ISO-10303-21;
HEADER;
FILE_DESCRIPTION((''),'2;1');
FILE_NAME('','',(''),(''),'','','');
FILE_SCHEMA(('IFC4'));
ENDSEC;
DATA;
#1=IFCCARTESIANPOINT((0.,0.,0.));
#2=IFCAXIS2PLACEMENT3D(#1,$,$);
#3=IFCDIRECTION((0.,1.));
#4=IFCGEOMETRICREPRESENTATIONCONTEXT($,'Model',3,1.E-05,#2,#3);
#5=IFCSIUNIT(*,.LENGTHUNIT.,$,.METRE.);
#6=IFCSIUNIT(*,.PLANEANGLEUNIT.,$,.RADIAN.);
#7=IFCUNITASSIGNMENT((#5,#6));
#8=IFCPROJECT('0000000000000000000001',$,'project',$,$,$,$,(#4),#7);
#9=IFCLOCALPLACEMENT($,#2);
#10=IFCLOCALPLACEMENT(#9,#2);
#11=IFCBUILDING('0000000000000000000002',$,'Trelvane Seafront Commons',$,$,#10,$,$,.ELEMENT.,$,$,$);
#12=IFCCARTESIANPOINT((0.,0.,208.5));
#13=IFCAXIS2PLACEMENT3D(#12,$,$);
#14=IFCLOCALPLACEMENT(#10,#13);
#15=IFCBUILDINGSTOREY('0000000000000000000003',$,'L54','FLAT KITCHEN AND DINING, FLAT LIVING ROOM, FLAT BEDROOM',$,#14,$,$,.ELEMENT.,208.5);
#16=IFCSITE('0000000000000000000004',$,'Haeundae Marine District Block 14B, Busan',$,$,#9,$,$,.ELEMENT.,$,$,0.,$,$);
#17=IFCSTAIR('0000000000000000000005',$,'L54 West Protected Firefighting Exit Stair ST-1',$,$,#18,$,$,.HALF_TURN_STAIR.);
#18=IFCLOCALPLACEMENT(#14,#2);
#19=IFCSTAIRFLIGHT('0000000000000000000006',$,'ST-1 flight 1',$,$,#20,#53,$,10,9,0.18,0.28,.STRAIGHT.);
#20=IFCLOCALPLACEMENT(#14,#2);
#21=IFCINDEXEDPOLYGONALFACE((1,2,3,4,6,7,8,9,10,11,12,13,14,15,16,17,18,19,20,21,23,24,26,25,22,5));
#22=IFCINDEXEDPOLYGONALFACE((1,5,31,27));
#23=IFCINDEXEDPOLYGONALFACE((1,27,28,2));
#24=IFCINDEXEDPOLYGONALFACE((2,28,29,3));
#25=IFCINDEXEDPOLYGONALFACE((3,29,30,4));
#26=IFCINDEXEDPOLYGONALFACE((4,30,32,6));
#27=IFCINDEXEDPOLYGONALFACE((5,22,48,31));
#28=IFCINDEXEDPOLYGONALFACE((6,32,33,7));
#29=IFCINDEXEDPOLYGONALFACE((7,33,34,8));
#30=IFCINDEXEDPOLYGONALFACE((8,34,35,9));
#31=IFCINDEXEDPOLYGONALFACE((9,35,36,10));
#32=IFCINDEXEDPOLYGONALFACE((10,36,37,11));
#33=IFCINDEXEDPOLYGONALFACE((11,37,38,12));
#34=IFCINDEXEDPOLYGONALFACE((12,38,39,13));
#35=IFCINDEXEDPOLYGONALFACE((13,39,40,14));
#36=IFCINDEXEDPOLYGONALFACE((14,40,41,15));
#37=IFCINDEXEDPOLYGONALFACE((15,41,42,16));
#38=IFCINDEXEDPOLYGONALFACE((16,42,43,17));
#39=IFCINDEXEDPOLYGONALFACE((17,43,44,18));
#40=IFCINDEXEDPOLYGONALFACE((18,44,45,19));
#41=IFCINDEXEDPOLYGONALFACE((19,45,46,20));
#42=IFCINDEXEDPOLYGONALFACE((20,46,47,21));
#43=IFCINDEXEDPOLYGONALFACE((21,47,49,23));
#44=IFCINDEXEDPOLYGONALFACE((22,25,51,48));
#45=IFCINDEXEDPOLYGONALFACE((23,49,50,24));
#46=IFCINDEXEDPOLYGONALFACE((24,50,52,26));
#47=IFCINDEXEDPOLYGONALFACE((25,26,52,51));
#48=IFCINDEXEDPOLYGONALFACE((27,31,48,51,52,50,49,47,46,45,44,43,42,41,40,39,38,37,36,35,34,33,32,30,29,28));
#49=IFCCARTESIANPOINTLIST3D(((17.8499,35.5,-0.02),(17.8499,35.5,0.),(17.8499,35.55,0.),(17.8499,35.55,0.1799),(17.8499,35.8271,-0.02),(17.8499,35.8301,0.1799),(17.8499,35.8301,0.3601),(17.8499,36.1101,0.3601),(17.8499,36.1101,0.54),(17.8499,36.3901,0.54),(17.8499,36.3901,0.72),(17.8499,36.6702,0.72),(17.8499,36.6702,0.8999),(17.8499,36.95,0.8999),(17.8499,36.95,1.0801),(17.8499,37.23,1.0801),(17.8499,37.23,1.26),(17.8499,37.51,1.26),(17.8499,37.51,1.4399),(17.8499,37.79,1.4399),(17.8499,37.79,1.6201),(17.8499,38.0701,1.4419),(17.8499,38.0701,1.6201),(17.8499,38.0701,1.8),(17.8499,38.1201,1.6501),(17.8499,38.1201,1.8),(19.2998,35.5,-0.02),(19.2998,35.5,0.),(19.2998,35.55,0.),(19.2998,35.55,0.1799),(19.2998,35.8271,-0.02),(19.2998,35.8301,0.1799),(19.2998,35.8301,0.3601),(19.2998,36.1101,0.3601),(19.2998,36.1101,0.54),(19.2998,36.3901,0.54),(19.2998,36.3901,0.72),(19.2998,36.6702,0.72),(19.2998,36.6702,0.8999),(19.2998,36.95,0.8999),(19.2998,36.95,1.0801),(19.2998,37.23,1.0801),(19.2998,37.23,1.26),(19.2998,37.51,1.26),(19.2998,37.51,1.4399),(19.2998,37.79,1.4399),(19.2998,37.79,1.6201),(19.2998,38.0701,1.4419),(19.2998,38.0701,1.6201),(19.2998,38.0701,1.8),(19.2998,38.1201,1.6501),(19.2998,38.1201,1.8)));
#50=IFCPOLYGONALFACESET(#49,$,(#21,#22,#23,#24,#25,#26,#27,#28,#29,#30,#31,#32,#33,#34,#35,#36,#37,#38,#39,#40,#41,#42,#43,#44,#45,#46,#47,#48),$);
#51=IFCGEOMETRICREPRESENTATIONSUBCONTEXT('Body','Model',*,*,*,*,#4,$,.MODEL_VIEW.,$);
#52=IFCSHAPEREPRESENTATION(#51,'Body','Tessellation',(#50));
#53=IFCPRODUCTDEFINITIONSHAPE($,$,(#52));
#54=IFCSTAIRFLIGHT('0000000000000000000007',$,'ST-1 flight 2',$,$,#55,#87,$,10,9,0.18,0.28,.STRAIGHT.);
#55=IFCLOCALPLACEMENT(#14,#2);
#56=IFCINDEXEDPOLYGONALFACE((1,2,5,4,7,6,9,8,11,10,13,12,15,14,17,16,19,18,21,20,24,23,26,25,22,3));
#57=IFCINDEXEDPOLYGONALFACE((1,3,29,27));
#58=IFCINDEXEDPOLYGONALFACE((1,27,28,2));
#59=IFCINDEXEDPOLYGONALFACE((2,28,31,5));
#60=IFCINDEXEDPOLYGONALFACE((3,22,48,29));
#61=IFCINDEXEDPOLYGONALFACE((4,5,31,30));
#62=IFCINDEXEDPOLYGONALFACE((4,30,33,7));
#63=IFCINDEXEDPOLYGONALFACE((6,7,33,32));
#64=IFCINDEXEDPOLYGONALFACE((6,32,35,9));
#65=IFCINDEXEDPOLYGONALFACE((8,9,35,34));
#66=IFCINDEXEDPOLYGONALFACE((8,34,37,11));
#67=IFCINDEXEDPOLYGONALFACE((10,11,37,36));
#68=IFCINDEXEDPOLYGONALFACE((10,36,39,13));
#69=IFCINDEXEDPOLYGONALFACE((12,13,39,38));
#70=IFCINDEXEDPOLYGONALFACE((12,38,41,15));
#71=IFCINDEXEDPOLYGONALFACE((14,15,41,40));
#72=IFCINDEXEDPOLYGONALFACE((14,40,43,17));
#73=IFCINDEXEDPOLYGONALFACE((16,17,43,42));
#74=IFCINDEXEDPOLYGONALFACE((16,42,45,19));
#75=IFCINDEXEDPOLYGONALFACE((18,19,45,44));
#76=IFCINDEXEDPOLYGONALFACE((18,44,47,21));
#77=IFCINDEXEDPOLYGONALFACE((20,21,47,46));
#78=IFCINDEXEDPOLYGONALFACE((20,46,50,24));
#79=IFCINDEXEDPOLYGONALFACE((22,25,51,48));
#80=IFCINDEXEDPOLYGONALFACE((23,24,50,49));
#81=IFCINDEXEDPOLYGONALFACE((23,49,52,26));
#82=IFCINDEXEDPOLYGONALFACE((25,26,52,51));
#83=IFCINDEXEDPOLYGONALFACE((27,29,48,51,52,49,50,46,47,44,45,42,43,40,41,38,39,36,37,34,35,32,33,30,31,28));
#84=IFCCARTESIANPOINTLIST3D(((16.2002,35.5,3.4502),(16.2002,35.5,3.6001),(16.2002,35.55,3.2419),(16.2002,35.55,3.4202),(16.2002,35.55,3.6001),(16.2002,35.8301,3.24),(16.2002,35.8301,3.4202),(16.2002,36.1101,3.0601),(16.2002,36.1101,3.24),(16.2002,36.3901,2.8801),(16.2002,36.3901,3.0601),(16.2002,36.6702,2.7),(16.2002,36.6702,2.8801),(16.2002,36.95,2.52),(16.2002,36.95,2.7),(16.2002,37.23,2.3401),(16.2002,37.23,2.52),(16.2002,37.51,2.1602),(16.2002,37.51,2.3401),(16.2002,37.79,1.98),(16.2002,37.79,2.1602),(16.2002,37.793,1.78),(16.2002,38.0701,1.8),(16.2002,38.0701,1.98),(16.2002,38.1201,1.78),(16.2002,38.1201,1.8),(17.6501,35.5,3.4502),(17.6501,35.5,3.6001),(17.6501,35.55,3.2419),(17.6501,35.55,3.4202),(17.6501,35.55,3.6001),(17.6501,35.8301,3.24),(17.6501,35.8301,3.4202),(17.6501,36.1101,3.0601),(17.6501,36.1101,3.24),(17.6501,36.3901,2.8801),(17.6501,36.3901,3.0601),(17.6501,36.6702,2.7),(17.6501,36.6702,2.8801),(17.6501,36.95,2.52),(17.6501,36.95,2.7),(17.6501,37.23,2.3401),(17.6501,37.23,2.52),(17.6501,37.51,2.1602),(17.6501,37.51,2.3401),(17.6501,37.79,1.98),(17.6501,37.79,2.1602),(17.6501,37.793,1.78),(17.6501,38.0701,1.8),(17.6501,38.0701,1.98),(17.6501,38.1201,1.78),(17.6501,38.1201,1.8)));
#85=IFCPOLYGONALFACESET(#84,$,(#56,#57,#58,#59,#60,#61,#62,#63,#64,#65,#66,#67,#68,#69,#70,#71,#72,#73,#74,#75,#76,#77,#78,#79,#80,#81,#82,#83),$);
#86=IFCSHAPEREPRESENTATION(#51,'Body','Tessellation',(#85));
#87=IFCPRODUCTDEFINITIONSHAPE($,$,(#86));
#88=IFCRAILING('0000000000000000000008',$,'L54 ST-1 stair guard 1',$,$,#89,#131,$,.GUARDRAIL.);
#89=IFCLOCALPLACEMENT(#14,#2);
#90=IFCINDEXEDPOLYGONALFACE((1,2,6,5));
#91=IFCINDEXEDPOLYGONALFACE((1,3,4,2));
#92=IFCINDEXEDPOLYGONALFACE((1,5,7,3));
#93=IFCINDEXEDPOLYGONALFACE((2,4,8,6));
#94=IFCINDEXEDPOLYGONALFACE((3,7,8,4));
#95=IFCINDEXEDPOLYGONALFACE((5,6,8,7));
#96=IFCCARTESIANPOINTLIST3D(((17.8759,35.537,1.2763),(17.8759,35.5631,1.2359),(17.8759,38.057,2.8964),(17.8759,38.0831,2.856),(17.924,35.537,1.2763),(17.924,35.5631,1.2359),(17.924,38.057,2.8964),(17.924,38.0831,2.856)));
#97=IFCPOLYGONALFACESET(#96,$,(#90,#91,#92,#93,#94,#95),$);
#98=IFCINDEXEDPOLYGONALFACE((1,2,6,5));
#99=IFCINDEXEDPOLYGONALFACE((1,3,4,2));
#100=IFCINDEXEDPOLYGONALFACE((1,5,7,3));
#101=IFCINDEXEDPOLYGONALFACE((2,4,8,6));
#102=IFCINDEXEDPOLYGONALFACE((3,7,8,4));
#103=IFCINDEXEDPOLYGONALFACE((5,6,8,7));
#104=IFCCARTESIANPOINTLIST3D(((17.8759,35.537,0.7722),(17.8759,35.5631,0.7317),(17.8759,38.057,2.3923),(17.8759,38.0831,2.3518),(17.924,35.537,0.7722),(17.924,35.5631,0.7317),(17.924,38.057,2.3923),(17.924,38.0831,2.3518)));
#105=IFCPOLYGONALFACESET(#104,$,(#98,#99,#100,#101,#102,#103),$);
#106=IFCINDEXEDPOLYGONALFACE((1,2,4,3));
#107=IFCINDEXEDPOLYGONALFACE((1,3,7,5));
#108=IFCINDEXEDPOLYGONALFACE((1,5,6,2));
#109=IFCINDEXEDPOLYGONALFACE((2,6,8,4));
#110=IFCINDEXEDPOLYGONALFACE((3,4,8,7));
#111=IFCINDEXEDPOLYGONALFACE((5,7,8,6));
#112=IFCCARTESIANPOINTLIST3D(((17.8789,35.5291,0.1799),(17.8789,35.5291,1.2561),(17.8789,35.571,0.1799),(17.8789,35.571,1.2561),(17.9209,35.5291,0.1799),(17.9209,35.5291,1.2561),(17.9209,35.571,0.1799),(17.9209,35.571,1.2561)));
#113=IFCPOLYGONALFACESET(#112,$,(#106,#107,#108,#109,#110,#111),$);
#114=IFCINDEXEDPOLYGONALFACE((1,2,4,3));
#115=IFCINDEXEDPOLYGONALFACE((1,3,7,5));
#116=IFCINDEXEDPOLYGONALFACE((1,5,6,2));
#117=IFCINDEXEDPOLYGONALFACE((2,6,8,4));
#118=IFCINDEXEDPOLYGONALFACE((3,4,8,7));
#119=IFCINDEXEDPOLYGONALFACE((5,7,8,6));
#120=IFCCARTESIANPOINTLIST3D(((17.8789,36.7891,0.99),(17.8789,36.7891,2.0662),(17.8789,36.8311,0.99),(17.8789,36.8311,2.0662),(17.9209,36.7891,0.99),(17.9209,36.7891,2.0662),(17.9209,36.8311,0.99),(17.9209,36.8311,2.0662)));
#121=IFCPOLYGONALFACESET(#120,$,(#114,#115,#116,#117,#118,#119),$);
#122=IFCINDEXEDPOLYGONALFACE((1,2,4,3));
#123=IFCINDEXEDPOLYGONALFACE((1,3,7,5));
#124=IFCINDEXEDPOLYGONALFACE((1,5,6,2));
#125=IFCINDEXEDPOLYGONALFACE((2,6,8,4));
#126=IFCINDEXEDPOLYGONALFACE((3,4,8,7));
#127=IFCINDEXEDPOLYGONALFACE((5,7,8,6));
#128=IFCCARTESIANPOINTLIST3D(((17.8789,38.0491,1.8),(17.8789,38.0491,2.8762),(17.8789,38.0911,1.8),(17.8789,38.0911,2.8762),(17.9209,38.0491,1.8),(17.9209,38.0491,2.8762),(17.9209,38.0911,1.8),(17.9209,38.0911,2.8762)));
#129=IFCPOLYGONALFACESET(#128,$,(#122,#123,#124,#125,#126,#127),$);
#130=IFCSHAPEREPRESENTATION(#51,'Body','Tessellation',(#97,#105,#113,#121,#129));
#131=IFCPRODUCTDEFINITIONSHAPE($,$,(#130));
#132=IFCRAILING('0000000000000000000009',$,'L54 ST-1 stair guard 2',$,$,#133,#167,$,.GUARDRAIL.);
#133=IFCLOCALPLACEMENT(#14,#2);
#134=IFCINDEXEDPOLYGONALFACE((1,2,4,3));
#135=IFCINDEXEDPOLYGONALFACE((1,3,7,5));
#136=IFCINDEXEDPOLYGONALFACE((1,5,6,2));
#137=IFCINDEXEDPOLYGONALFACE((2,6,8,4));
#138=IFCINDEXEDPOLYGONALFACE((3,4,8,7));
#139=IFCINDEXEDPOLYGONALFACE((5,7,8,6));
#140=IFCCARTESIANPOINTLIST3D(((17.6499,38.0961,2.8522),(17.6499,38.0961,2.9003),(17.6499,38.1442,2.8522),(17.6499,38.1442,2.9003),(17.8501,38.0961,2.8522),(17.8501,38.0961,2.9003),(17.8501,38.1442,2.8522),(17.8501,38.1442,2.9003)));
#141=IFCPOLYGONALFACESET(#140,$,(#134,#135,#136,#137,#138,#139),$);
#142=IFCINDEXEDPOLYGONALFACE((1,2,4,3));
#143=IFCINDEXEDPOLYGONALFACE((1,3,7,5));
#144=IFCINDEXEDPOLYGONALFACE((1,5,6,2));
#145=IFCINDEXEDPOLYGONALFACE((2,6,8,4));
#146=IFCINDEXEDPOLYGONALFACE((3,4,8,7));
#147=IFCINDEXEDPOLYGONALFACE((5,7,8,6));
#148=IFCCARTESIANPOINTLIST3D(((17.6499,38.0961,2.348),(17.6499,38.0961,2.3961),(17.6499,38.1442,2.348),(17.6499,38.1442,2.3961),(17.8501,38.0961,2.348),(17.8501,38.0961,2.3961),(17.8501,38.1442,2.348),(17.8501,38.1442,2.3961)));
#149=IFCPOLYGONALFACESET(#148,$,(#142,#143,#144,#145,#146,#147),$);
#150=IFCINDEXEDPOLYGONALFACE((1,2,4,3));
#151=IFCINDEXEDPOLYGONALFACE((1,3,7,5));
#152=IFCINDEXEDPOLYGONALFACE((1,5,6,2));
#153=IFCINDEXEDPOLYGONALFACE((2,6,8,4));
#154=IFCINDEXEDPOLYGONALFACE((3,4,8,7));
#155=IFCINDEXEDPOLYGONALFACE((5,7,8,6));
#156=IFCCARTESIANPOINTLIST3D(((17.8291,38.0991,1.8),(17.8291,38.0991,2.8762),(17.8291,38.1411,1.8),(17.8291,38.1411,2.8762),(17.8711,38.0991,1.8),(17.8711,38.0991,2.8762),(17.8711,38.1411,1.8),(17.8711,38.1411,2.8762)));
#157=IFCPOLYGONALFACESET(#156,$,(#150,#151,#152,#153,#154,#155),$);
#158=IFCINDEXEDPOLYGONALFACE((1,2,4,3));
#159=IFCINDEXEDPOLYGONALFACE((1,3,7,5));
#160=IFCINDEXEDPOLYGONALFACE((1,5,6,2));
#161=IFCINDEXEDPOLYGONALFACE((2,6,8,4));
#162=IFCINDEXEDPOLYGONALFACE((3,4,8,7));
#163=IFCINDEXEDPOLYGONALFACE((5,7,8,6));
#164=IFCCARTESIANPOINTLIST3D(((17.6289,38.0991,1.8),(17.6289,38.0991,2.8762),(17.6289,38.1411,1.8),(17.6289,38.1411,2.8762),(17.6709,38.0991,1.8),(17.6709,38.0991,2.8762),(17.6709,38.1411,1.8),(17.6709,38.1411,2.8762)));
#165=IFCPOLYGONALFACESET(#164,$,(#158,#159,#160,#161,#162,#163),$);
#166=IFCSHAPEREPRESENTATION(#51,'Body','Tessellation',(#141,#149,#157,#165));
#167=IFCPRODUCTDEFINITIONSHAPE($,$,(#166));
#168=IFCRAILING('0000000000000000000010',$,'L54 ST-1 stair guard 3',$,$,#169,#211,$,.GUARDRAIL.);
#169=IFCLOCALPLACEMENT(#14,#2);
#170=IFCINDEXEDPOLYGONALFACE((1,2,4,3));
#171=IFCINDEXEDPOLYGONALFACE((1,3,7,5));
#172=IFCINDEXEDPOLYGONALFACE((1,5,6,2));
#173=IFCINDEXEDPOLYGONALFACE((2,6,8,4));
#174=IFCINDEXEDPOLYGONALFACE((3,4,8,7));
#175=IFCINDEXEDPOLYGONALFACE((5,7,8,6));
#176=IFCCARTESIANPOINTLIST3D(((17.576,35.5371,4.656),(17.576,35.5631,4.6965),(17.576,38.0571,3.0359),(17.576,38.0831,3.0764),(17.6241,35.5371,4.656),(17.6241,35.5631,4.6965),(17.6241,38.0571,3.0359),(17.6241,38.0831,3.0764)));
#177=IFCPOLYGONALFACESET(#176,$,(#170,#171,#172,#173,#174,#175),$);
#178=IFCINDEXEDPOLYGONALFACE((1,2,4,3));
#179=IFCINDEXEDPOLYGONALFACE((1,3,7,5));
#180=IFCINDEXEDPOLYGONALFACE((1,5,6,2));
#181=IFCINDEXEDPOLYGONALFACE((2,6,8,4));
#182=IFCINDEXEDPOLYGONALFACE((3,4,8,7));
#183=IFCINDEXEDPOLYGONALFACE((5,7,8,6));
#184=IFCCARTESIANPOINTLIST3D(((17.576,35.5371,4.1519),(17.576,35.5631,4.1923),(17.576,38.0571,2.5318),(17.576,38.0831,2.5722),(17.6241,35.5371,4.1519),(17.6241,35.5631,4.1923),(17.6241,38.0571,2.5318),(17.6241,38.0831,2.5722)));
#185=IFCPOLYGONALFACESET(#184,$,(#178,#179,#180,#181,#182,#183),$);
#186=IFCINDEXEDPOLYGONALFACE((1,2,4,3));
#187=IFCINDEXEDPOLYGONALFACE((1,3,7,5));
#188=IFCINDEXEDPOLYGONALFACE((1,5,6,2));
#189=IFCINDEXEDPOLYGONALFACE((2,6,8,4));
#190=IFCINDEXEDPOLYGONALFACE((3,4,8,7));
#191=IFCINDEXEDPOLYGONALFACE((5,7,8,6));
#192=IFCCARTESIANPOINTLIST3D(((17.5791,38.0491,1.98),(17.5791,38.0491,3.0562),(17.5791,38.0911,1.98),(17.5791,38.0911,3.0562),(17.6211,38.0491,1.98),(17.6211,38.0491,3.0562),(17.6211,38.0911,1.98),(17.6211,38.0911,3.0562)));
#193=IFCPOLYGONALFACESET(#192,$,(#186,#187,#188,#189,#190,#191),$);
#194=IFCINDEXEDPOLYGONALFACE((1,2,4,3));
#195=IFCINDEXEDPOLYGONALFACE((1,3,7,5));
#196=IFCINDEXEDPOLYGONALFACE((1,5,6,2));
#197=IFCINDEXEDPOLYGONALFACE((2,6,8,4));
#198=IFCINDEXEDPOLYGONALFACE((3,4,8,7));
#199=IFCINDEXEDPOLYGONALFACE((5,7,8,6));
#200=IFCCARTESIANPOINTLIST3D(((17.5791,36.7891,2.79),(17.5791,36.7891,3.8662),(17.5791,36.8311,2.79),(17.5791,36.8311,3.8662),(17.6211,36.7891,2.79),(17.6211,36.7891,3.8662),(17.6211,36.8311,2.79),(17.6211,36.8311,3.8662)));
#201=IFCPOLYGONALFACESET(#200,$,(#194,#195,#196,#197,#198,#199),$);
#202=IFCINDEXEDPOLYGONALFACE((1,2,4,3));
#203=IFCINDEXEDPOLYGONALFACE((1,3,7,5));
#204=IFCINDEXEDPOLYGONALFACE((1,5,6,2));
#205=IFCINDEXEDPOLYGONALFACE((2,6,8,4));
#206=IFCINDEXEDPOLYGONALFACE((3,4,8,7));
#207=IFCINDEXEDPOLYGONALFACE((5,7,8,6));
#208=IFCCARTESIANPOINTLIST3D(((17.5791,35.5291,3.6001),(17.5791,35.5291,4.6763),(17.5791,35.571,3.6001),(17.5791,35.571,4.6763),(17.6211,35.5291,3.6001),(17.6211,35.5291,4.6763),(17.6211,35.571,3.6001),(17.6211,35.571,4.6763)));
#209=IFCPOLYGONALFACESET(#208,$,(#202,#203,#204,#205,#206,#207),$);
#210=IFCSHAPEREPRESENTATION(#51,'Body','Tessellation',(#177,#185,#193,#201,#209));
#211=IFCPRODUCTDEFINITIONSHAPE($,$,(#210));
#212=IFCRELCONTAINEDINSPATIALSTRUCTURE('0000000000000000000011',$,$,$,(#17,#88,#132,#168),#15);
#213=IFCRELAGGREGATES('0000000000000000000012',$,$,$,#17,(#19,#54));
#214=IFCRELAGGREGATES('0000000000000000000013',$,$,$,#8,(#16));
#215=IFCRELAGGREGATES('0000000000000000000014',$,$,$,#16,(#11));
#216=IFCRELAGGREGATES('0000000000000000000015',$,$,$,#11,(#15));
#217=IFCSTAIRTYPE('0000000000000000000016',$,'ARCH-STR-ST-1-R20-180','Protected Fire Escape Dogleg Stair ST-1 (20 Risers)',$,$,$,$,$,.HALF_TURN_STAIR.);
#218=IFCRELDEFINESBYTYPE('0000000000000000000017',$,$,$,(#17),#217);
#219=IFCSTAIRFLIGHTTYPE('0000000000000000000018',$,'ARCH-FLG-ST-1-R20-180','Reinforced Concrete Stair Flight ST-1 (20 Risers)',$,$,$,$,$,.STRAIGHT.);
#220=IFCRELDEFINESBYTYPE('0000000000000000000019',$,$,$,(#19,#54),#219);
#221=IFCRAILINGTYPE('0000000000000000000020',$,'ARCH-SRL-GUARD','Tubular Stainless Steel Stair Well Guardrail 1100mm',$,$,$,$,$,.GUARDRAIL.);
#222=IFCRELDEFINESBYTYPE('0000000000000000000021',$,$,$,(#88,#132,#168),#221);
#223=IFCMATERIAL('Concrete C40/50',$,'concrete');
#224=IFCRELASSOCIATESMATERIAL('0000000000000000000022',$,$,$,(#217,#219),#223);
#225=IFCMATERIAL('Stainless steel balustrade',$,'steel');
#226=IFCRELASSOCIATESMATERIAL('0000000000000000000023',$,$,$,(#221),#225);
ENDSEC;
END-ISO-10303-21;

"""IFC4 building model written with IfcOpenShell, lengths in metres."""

from ifc_helpers import new_model, si_unit, direction, frame, origin, origin_2d, place, context, subcontext, project, spatial, polyline, rectangle, outline, extrude, source, transform, mapped, material, type_object, element, aggregate, save


model = new_model("IFC4")

# Units and contexts
model_context = context("Model", 3, precision=1e-05, world=origin(), true_north=direction((0.0, 1.0)))
body_context = subcontext(model_context, "Body", "Model", "MODEL_VIEW")
ifc_project = project(units=[si_unit("LENGTHUNIT", "METRE"), si_unit("PLANEANGLEUNIT", "RADIAN")], contexts=[model_context])

# Site, building, storey
site_placement = place(None, origin())
site = spatial("IfcSite", under=ifc_project, at=site_placement, Name="Haeundae Marine District Block 14B, Busan", CompositionType="ELEMENT", RefElevation=0.0)
building_placement = place(site_placement, origin())
building = spatial("IfcBuilding", under=site, at=building_placement, Name="Trelvane Seafront Commons", CompositionType="ELEMENT")
storey_placement = place(building_placement, frame((0.0, 0.0, 208.5)))
storey = spatial("IfcBuildingStorey", under=building, at=storey_placement, Name="L54", Description="FLAT KITCHEN AND DINING, FLAT LIVING ROOM, FLAT BEDROOM", CompositionType="ELEMENT", Elevation=208.5)

# Shared definitions
ifc_material_1 = material(Name="Concrete C40/50", Category="concrete")
ifc_material_2 = material(Name="Stainless steel balustrade", Category="steel")

# Stair, stair flights
stair_type = type_object("IfcStairType", Name="ARCH-STR-ST-1-R20-180", Description="Protected Fire Escape Dogleg Stair ST-1 (20 Risers)", PredefinedType="HALF_TURN_STAIR", material=ifc_material_1)
stair_placement = place(storey_placement, origin())
stair = element("IfcStair", 1, at=stair_placement, inside=storey, type_object=stair_type, Name="L54 West Protected Firefighting Exit Stair ST-1", PredefinedType="HALF_TURN_STAIR")
stair_flight_type = type_object("IfcStairFlightType", Name="ARCH-FLG-ST-1-R20-180", Description="Reinforced Concrete Stair Flight ST-1 (20 Risers)", PredefinedType="STRAIGHT", material=ifc_material_1)
shared_shape_1 = source(origin(), body_context, "Body", "SweptSolid", [
    extrude(outline(polyline([(-0.05, -0.02), (-0.05, 0.0), (0.0, 0.0), (0.0, 0.1799), (0.28, 0.1799), (0.28, 0.3601), (0.5601, 0.3601), (0.5601, 0.54), (0.8401, 0.54), (0.8401, 0.72), (1.1201, 0.72), (1.1201, 0.8999), (1.3999, 0.8999), (1.3999, 1.0801), (1.6799, 1.0801), (1.6799, 1.26), (1.96, 1.26), (1.96, 1.4399), (2.24, 1.4399), (2.24, 1.6201), (2.52, 1.6201), (2.52, 1.8), (2.5701, 1.8), (2.5701, 1.6501), (2.52, 1.4419), (0.2771, -0.02), (-0.05, -0.02)])), frame((0.0, 0.7251, 0.0), z_axis=(0.0, -1.0, 0.0), x_axis=(1.0, 0.0, 0.0)), (0.0, 0.0, 1.0), 1.45),
])
stair_flight_1_placement = place(storey_placement, frame((18.575, 35.55, 0.0), z_axis=(0.0, 0.0, 1.0), x_axis=(0.0, 1.0, 0.0)))
stair_flight_1 = element("IfcStairFlight", 2, at=stair_flight_1_placement, type_object=stair_flight_type, Name="ST-1 flight 1", NumberOfRisers=10, NumberOfTreads=9, PredefinedType="STRAIGHT", RiserHeight=0.18, TreadLength=0.28, context=body_context, shape_type="MappedRepresentation", body=[
    mapped(shared_shape_1, transform((0.0, 0.0, 0.0), x_axis=(1.0, 0.0, 0.0), y_axis=(0.0, 1.0, 0.0), z_axis=(0.0, 0.0, 1.0), scale=1.0)),
])
stair_flight_2_placement = place(storey_placement, frame((16.925, 38.0701, 1.8), z_axis=(0.0, 0.0, 1.0), x_axis=(0.0, -1.0, 0.0)))
stair_flight_2 = element("IfcStairFlight", 3, at=stair_flight_2_placement, type_object=stair_flight_type, Name="ST-1 flight 2", NumberOfRisers=10, NumberOfTreads=9, PredefinedType="STRAIGHT", RiserHeight=0.18, TreadLength=0.28, context=body_context, shape_type="MappedRepresentation", body=[
    mapped(shared_shape_1, transform((0.0, 0.0, 0.0), x_axis=(1.0, 0.0, 0.0), y_axis=(0.0, 1.0, 0.0), z_axis=(0.0, 0.0, 1.0), scale=1.0)),
])
aggregate(stair, [stair_flight_1, stair_flight_2])

# Railings
railing_type_1 = type_object("IfcRailingType", Name="ARCH-SRL-GUARD", Description="Tubular Stainless Steel Stair Well Guardrail 1100mm", PredefinedType="GUARDRAIL", material=ifc_material_2)
railing_1_placement = place(storey_placement, frame((17.8999, 35.55, 0.1799)))
element("IfcRailing", 4, at=railing_1_placement, inside=storey, type_object=railing_type_1, Name="L54 ST-1 stair guard 1", PredefinedType="GUARDRAIL", context=body_context, shape_type="SweptSolid", body=[
    extrude(rectangle(XDim=0.0481, YDim=0.0481, at=origin_2d()), frame((0.0, 0.0, 1.0762), z_axis=(0.0, 0.841163, 0.540782), x_axis=(-1.0, 0.0, 0.0)), (0.0, 0.0, 1.0), 2.9958),
    extrude(rectangle(XDim=0.0481, YDim=0.0481, at=origin_2d()), frame((0.0, 0.0, 0.572), z_axis=(0.0, 0.841163, 0.540782), x_axis=(-1.0, 0.0, 0.0)), (0.0, 0.0, 1.0), 2.9958),
    extrude(rectangle(XDim=0.042, YDim=0.042, at=origin_2d()), origin(), (0.0, 0.0, 1.0), 1.0762),
    extrude(rectangle(XDim=0.042, YDim=0.042, at=origin_2d()), frame((0.0, 1.26, 0.8101)), (0.0, 0.0, 1.0), 1.0762),
    extrude(rectangle(XDim=0.042, YDim=0.042, at=origin_2d()), frame((0.0, 2.52, 1.6201)), (0.0, 0.0, 1.0), 1.0762),
])
railing_2_placement = place(storey_placement, frame((17.8501, 38.1201, 1.8)))
element("IfcRailing", 5, at=railing_2_placement, inside=storey, type_object=railing_type_1, Name="L54 ST-1 stair guard 2", PredefinedType="GUARDRAIL", context=body_context, shape_type="SweptSolid", body=[
    extrude(rectangle(XDim=0.0481, YDim=0.0481, at=origin_2d()), frame((0.0, 0.0, 1.0762), z_axis=(-1.0, 0.0, 0.0), x_axis=(0.0, -1.0, 0.0)), (0.0, 0.0, 1.0), 0.2002),
    extrude(rectangle(XDim=0.0481, YDim=0.0481, at=origin_2d()), frame((0.0, 0.0, 0.572), z_axis=(-1.0, 0.0, 0.0), x_axis=(0.0, -1.0, 0.0)), (0.0, 0.0, 1.0), 0.2002),
    extrude(rectangle(XDim=0.042, YDim=0.042, at=origin_2d()), origin(), (0.0, 0.0, 1.0), 1.0762),
    extrude(rectangle(XDim=0.042, YDim=0.042, at=origin_2d()), frame((-0.2002, 0.0, 0.0)), (0.0, 0.0, 1.0), 1.0762),
])
railing_3_placement = place(storey_placement, frame((17.6001, 38.0701, 1.98)))
element("IfcRailing", 6, at=railing_3_placement, inside=storey, type_object=railing_type_1, Name="L54 ST-1 stair guard 3", PredefinedType="GUARDRAIL", context=body_context, shape_type="SweptSolid", body=[
    extrude(rectangle(XDim=0.0481, YDim=0.0481, at=origin_2d()), frame((0.0, 0.0, 1.0762), z_axis=(0.0, -0.841163, 0.540782), x_axis=(1.0, 0.0, 0.0)), (0.0, 0.0, 1.0), 2.9958),
    extrude(rectangle(XDim=0.0481, YDim=0.0481, at=origin_2d()), frame((0.0, 0.0, 0.572), z_axis=(0.0, -0.841163, 0.540782), x_axis=(1.0, 0.0, 0.0)), (0.0, 0.0, 1.0), 2.9958),
    extrude(rectangle(XDim=0.042, YDim=0.042, at=origin_2d()), origin(), (0.0, 0.0, 1.0), 1.0762),
    extrude(rectangle(XDim=0.042, YDim=0.042, at=origin_2d()), frame((0.0, -1.26, 0.8101)), (0.0, 0.0, 1.0), 1.0762),
    extrude(rectangle(XDim=0.042, YDim=0.042, at=origin_2d()), frame((0.0, -2.52, 1.6201)), (0.0, 0.0, 1.0), 1.0762),
])

save(model, "model.ifc")
